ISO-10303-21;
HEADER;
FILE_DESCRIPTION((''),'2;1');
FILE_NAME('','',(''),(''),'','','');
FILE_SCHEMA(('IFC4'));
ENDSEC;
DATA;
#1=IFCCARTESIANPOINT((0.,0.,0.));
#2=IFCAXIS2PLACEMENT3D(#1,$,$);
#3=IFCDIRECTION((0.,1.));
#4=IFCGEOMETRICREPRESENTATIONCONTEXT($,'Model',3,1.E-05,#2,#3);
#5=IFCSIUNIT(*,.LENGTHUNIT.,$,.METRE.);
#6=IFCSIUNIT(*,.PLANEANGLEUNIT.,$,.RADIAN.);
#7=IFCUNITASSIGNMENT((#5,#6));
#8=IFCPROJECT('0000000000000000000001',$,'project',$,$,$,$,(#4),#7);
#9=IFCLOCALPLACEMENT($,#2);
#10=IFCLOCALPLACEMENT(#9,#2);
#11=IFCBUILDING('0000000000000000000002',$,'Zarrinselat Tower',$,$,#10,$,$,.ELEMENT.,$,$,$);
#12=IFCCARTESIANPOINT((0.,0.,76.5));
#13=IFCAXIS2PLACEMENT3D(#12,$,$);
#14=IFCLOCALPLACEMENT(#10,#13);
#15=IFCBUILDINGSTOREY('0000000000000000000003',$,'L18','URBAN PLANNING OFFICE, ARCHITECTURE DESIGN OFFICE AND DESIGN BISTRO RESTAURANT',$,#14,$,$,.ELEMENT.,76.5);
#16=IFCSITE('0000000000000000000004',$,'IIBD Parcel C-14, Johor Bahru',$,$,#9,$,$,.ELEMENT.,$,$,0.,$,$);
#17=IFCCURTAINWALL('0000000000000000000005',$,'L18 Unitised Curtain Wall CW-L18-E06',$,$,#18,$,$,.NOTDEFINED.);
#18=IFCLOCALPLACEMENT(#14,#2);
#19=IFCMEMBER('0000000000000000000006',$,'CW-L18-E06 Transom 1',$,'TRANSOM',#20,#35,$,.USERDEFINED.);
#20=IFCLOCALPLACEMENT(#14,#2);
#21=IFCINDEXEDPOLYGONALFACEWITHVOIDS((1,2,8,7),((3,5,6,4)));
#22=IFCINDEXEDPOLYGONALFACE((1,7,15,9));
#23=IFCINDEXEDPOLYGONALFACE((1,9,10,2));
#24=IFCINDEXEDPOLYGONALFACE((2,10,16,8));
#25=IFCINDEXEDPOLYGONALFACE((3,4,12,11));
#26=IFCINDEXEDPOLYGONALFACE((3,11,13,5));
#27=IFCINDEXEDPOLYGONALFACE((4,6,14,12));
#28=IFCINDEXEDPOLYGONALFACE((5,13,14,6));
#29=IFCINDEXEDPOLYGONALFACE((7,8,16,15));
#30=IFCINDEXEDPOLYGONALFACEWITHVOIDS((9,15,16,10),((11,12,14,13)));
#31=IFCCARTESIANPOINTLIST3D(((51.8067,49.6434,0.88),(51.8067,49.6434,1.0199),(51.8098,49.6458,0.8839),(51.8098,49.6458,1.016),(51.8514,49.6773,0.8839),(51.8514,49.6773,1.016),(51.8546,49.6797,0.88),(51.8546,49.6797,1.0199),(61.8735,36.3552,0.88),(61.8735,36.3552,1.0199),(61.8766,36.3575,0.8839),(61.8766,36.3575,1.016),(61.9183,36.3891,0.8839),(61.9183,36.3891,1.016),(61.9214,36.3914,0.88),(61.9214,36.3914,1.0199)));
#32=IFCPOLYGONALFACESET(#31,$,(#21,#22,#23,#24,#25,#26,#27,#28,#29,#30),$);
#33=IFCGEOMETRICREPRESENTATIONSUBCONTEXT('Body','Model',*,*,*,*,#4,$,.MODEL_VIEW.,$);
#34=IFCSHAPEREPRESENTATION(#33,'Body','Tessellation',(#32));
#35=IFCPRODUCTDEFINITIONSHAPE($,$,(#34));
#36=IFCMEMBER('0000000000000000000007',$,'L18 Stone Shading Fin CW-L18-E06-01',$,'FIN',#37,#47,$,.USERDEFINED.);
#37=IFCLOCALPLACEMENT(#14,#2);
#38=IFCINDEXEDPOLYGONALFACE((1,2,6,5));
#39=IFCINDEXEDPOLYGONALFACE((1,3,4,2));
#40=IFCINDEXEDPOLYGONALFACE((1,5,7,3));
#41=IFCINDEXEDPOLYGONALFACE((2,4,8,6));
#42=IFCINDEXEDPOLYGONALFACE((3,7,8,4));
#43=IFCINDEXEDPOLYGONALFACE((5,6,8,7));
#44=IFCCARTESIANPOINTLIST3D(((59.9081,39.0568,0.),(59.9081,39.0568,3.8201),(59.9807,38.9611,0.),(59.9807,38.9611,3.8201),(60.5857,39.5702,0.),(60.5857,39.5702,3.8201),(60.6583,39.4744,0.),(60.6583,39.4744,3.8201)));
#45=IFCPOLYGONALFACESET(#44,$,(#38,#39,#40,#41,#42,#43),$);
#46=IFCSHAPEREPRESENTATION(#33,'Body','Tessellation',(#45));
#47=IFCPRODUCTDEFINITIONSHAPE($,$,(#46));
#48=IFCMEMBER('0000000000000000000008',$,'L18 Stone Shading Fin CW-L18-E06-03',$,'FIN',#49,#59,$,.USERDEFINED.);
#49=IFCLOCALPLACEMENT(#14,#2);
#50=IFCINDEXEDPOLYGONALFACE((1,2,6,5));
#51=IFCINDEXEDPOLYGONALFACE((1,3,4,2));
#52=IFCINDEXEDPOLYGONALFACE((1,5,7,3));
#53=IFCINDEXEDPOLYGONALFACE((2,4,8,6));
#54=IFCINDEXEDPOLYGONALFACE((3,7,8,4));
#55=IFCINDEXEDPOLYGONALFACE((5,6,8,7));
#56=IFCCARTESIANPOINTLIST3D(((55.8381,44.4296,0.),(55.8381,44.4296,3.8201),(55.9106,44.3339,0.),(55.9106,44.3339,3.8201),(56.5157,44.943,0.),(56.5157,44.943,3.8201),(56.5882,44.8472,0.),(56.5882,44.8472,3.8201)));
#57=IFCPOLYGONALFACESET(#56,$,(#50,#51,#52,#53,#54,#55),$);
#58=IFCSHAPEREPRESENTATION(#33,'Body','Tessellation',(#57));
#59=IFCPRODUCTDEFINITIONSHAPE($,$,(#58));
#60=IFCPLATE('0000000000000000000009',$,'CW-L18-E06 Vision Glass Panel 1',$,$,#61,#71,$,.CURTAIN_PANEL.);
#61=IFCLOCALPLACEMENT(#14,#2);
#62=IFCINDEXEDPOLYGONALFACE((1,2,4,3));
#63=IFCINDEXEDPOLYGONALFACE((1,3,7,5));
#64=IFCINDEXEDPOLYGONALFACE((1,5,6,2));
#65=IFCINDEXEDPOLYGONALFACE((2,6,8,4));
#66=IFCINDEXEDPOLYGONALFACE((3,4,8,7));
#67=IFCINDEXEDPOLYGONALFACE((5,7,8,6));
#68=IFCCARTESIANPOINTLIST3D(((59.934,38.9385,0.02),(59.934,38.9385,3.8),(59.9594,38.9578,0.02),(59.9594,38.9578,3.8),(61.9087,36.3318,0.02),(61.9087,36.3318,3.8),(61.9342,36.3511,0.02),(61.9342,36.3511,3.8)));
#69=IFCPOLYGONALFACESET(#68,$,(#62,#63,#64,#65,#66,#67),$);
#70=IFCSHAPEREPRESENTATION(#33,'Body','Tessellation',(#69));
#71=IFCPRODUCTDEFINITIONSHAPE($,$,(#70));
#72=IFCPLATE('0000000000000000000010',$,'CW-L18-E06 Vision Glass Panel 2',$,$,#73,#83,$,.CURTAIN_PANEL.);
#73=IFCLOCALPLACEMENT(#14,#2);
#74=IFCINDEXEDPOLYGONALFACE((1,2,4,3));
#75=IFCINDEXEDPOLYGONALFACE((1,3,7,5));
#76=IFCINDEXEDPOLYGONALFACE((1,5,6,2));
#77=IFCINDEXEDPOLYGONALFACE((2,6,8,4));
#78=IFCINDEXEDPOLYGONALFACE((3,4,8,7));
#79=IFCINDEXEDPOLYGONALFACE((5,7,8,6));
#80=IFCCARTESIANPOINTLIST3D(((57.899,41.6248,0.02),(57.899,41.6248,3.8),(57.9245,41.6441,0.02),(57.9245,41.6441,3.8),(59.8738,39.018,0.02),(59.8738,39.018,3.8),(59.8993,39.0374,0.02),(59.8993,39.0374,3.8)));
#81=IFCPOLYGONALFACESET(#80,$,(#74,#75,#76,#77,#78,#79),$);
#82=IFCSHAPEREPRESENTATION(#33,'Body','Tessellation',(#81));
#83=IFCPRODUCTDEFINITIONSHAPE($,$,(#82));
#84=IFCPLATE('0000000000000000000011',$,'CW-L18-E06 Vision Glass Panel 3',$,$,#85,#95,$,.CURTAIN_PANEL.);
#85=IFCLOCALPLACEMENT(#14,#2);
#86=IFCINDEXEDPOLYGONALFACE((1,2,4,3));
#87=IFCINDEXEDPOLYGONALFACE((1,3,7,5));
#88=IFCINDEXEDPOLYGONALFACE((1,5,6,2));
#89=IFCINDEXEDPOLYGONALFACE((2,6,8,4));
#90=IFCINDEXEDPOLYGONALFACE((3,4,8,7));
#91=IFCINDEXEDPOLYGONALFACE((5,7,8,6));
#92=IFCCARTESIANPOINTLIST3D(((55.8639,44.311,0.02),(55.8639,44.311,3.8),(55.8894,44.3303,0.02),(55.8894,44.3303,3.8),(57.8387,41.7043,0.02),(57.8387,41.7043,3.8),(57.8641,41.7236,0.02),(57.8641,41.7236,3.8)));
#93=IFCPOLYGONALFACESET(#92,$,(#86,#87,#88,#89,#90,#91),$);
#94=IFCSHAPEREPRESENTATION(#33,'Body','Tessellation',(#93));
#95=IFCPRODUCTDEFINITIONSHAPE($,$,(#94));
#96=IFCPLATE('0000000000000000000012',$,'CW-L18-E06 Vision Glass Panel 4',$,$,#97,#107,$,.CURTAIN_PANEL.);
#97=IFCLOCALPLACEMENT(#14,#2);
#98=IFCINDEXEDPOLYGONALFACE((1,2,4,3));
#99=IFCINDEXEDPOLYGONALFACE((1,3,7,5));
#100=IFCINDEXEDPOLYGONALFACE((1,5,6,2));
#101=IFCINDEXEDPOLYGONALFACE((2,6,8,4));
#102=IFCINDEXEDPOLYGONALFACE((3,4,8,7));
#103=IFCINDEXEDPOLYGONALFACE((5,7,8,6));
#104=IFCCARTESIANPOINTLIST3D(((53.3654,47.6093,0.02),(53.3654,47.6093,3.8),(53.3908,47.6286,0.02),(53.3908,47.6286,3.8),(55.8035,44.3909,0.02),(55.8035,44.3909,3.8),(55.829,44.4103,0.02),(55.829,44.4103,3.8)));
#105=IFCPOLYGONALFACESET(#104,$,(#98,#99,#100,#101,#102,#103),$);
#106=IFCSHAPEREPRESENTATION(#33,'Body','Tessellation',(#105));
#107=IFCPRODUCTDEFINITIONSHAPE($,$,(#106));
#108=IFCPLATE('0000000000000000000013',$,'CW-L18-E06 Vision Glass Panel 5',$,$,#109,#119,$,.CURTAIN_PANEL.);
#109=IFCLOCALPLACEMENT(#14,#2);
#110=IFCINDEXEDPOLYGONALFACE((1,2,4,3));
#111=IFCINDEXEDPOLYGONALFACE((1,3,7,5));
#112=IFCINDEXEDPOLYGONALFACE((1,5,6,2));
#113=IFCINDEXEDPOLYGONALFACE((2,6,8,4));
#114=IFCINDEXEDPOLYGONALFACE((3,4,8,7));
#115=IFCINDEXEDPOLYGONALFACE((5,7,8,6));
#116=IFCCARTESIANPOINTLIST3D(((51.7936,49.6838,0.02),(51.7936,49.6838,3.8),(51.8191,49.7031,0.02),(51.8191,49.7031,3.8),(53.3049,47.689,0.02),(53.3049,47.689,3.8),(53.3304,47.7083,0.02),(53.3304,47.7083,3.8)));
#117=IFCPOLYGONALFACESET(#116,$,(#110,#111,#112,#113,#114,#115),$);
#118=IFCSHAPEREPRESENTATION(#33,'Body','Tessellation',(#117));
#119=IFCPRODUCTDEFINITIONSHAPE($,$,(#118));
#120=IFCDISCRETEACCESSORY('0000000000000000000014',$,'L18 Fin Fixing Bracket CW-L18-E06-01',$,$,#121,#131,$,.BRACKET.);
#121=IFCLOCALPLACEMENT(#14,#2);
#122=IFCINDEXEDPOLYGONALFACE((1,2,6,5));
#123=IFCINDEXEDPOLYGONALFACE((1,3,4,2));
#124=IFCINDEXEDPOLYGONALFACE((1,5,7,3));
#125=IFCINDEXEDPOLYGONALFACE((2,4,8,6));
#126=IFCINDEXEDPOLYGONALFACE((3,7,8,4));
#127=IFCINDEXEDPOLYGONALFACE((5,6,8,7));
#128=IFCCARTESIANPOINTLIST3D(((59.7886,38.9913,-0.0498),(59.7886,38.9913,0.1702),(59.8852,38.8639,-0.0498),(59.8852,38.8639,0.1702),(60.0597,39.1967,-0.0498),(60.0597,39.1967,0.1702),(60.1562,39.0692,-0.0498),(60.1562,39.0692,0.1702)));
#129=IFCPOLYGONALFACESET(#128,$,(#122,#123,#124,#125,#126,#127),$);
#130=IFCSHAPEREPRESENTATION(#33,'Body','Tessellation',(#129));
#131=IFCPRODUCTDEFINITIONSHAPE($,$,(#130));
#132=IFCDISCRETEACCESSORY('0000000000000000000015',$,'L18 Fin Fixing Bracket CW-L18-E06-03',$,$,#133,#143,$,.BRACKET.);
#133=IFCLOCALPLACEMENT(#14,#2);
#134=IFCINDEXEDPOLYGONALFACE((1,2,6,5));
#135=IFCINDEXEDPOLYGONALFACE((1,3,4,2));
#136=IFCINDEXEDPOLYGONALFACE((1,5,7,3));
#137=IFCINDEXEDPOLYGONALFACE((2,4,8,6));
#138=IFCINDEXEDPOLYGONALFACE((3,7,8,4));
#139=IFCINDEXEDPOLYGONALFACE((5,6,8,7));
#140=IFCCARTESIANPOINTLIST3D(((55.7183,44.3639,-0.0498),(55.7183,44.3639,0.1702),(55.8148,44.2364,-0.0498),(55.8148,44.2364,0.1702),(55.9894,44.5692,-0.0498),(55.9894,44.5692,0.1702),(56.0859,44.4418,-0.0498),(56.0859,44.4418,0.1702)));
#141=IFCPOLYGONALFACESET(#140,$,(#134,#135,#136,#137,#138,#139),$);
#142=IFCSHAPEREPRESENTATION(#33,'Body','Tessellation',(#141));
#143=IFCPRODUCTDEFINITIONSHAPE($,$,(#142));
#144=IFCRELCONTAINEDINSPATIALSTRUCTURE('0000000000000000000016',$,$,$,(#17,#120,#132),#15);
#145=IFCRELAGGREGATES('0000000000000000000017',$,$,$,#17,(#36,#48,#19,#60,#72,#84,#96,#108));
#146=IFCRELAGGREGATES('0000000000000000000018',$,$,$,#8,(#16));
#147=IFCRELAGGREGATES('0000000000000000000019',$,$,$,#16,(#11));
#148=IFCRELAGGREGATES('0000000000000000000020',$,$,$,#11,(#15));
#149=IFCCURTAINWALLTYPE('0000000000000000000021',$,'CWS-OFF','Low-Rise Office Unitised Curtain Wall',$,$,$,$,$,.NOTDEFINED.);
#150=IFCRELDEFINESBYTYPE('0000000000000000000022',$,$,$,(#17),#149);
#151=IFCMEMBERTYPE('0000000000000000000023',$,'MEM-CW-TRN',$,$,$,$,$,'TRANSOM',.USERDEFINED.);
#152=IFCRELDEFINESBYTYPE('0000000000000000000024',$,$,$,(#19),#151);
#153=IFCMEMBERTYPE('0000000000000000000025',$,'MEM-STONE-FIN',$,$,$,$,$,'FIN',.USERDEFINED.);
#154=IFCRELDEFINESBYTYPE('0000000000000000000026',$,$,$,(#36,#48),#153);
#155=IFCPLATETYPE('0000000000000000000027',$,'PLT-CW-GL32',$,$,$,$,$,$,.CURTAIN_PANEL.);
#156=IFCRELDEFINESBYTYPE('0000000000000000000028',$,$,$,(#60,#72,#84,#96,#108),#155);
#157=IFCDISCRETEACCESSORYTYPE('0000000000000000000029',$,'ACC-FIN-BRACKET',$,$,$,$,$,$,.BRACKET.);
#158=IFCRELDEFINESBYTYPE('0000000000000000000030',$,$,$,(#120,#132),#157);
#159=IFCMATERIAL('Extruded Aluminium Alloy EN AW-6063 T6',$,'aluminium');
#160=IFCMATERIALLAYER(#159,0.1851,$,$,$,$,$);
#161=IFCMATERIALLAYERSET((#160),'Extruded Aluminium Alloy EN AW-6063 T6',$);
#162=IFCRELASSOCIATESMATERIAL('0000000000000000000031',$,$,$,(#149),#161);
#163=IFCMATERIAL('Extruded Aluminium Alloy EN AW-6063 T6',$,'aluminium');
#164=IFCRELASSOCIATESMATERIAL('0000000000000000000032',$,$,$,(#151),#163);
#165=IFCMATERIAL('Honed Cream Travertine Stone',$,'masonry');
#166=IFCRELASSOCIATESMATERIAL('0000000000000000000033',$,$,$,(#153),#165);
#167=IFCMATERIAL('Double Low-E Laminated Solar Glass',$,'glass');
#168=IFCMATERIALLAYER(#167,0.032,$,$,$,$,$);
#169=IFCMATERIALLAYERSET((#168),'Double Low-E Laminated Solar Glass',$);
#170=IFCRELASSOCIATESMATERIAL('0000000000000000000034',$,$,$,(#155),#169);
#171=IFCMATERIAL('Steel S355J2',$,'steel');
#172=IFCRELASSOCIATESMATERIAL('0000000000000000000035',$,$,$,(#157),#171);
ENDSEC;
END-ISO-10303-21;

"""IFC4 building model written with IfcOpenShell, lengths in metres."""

from ifc_helpers import new_model, si_unit, direction, frame, origin, origin_2d, place, context, subcontext, project, spatial, rectangle, hollow_rectangle, extrude, material, layer, layer_set, material_profile, profile_set, type_object, element, aggregate, save


model = new_model("IFC4")

# Units and contexts
model_context = context("Model", 3, precision=1e-05, world=origin(), true_north=direction((0.0, 1.0)))
body_context = subcontext(model_context, "Body", "Model", "MODEL_VIEW")
ifc_project = project(units=[si_unit("LENGTHUNIT", "METRE"), si_unit("PLANEANGLEUNIT", "RADIAN")], contexts=[model_context])

# Site, building, storey
site_placement = place(None, origin())
site = spatial("IfcSite", under=ifc_project, at=site_placement, Name="IIBD Parcel C-14, Johor Bahru", CompositionType="ELEMENT", RefElevation=0.0)
building_placement = place(site_placement, origin())
building = spatial("IfcBuilding", under=site, at=building_placement, Name="Zarrinselat Tower", CompositionType="ELEMENT")
storey_placement = place(building_placement, frame((0.0, 0.0, 76.5)))
storey = spatial("IfcBuildingStorey", under=building, at=storey_placement, Name="L18", Description="URBAN PLANNING OFFICE, ARCHITECTURE DESIGN OFFICE AND DESIGN BISTRO RESTAURANT", CompositionType="ELEMENT", Elevation=76.5)

# Shared definitions
ifc_material_1 = material(Name="Extruded Aluminium Alloy EN AW-6063 T6", Category="aluminium")
ifc_layer_1 = layer(ifc_material_1, 0.1851)
ifc_layer_set_1 = layer_set([ifc_layer_1], Name="Extruded Aluminium Alloy EN AW-6063 T6")
curtain_wall_type = type_object("IfcCurtainWallType", Name="CWS-OFF", Description="Low-Rise Office Unitised Curtain Wall", PredefinedType="NOTDEFINED", material=ifc_layer_set_1)

# Curtain wall
curtain_wall_1_placement = place(storey_placement, origin())
curtain_wall_1 = element("IfcCurtainWall", 1, at=curtain_wall_1_placement, inside=storey, type_object=curtain_wall_type, Name="L18 Unitised Curtain Wall CW-L18-E06", PredefinedType="NOTDEFINED")

# Members
ifc_material_2 = material(Name="Extruded Aluminium Alloy EN AW-6063 T6", Category="aluminium")
ifc_material_profile_1 = material_profile(ifc_material_2, hollow_rectangle(XDim=0.0601, YDim=0.1399, WallThickness=0.0039, at=origin_2d()), Name="RHS 140x60x4")
ifc_profile_set_1 = profile_set([ifc_material_profile_1], Name="Extruded Aluminium Alloy EN AW-6063 T6")
member_type_1 = type_object("IfcMemberType", Name="MEM-CW-TRN", ElementType="TRANSOM", PredefinedType="USERDEFINED", material=ifc_profile_set_1)
member_1_placement = place(storey_placement, frame((61.8975, 36.3733, 0.95), z_axis=(-0.603857, 0.797093, 0.0), x_axis=(-0.797093, -0.603857, 0.0)))
member_1 = element("IfcMember", 2, at=member_1_placement, type_object=member_type_1, Name="CW-L18-E06 Transom 1", ObjectType="TRANSOM", PredefinedType="USERDEFINED", context=body_context, shape_type="SweptSolid", body=[
    extrude(hollow_rectangle(XDim=0.0601, YDim=0.1399, WallThickness=0.0039, at=origin_2d()), origin(), (0.0, 0.0, 1.0), 16.6709),
])
ifc_material_3 = material(Name="Honed Cream Travertine Stone", Category="masonry")
ifc_material_profile_2 = material_profile(ifc_material_3, rectangle(XDim=0.1201, YDim=0.8501, at=origin_2d()), Name="FIN 850x120")
ifc_profile_set_2 = profile_set([ifc_material_profile_2], Name="Honed Cream Travertine Stone")
member_type_2 = type_object("IfcMemberType", Name="MEM-STONE-FIN", ElementType="FIN", PredefinedType="USERDEFINED", material=ifc_profile_set_2)
member_2_placement = place(storey_placement, frame((60.2832, 39.2656, 0.0), z_axis=(0.0, 0.0, 1.0), x_axis=(0.603857, -0.797093, 0.0)))
member_2 = element("IfcMember", 3, at=member_2_placement, type_object=member_type_2, Name="L18 Stone Shading Fin CW-L18-E06-01", ObjectType="FIN", PredefinedType="USERDEFINED", context=body_context, shape_type="SweptSolid", body=[
    extrude(rectangle(XDim=0.1201, YDim=0.8501, at=origin_2d()), origin(), (0.0, 0.0, 1.0), 3.8201),
])
member_3_placement = place(storey_placement, frame((56.2131, 44.6384, 0.0), z_axis=(0.0, 0.0, 1.0), x_axis=(0.603857, -0.797093, 0.0)))
member_3 = element("IfcMember", 4, at=member_3_placement, type_object=member_type_2, Name="L18 Stone Shading Fin CW-L18-E06-03", ObjectType="FIN", PredefinedType="USERDEFINED", context=body_context, shape_type="SweptSolid", body=[
    extrude(rectangle(XDim=0.1201, YDim=0.8501, at=origin_2d()), origin(), (0.0, 0.0, 1.0), 3.8201),
])

# Plates
ifc_material_4 = material(Name="Double Low-E Laminated Solar Glass", Category="glass")
ifc_layer_2 = layer(ifc_material_4, 0.032)
ifc_layer_set_2 = layer_set([ifc_layer_2], Name="Double Low-E Laminated Solar Glass")
plate_type = type_object("IfcPlateType", Name="PLT-CW-GL32", PredefinedType="CURTAIN_PANEL", material=ifc_layer_set_2)
plate_1_placement = place(storey_placement, frame((60.9341, 37.6448, 0.02), z_axis=(0.0, 0.0, 1.0), x_axis=(-0.603857, 0.797093, 0.0)))
plate_1 = element("IfcPlate", 5, at=plate_1_placement, type_object=plate_type, Name="CW-L18-E06 Vision Glass Panel 1", PredefinedType="CURTAIN_PANEL", context=body_context, shape_type="SweptSolid", body=[
    extrude(rectangle(XDim=3.2703, YDim=0.032, at=origin_2d()), origin(), (0.0, 0.0, 1.0), 3.78),
])
plate_2_placement = place(storey_placement, frame((58.8992, 40.3311, 0.02), z_axis=(0.0, 0.0, 1.0), x_axis=(-0.603857, 0.797093, 0.0)))
plate_2 = element("IfcPlate", 6, at=plate_2_placement, type_object=plate_type, Name="CW-L18-E06 Vision Glass Panel 2", PredefinedType="CURTAIN_PANEL", context=body_context, shape_type="SweptSolid", body=[
    extrude(rectangle(XDim=3.2703, YDim=0.032, at=origin_2d()), origin(), (0.0, 0.0, 1.0), 3.78),
])
plate_3_placement = place(storey_placement, frame((56.864, 43.0173, 0.02), z_axis=(0.0, 0.0, 1.0), x_axis=(-0.603857, 0.797093, 0.0)))
plate_3 = element("IfcPlate", 7, at=plate_3_placement, type_object=plate_type, Name="CW-L18-E06 Vision Glass Panel 3", PredefinedType="CURTAIN_PANEL", context=body_context, shape_type="SweptSolid", body=[
    extrude(rectangle(XDim=3.2703, YDim=0.032, at=origin_2d()), origin(), (0.0, 0.0, 1.0), 3.78),
])
plate_4_placement = place(storey_placement, frame((54.5972, 46.0098, 0.02), z_axis=(0.0, 0.0, 1.0), x_axis=(-0.603857, 0.797093, 0.0)))
plate_4 = element("IfcPlate", 8, at=plate_4_placement, type_object=plate_type, Name="CW-L18-E06 Vision Glass Panel 4", PredefinedType="CURTAIN_PANEL", context=body_context, shape_type="SweptSolid", body=[
    extrude(rectangle(XDim=4.0376, YDim=0.032, at=origin_2d()), origin(), (0.0, 0.0, 1.0), 3.78),
])
plate_5_placement = place(storey_placement, frame((52.562, 48.696, 0.02), z_axis=(0.0, 0.0, 1.0), x_axis=(-0.603857, 0.797093, 0.0)))
plate_5 = element("IfcPlate", 9, at=plate_5_placement, type_object=plate_type, Name="CW-L18-E06 Vision Glass Panel 5", PredefinedType="CURTAIN_PANEL", context=body_context, shape_type="SweptSolid", body=[
    extrude(rectangle(XDim=2.5027, YDim=0.032, at=origin_2d()), origin(), (0.0, 0.0, 1.0), 3.78),
])
aggregate(curtain_wall_1, [member_2, member_3, member_1, plate_1, plate_2, plate_3, plate_4, plate_5])

# Discrete accessories
ifc_material_5 = material(Name="Steel S355J2", Category="steel")
discrete_accessory_type = type_object("IfcDiscreteAccessoryType", Name="ACC-FIN-BRACKET", PredefinedType="BRACKET", material=ifc_material_5)
for number, where, z_axis, x_axis, name in (
    (10, (59.9724, 39.0303, -0.0498), (0.0, 0.0, 1.0), (0.797093, 0.603857, 0.0), "L18 Fin Fixing Bracket CW-L18-E06-01"),
    (11, (55.9021, 44.4028, -0.0498), (0.0, 0.0, 1.0), (0.797093, 0.603857, 0.0), "L18 Fin Fixing Bracket CW-L18-E06-03"),
):
    element("IfcDiscreteAccessory", number, at=place(storey_placement, frame(where, z_axis=z_axis, x_axis=x_axis)), inside=storey, type_object=discrete_accessory_type, Name=name, PredefinedType="BRACKET", context=body_context, shape_type="SweptSolid", body=[
        extrude(rectangle(XDim=0.3401, YDim=0.1599, at=origin_2d()), origin(), (0.0, 0.0, 1.0), 0.22),
    ])

save(model, "model.ifc")
